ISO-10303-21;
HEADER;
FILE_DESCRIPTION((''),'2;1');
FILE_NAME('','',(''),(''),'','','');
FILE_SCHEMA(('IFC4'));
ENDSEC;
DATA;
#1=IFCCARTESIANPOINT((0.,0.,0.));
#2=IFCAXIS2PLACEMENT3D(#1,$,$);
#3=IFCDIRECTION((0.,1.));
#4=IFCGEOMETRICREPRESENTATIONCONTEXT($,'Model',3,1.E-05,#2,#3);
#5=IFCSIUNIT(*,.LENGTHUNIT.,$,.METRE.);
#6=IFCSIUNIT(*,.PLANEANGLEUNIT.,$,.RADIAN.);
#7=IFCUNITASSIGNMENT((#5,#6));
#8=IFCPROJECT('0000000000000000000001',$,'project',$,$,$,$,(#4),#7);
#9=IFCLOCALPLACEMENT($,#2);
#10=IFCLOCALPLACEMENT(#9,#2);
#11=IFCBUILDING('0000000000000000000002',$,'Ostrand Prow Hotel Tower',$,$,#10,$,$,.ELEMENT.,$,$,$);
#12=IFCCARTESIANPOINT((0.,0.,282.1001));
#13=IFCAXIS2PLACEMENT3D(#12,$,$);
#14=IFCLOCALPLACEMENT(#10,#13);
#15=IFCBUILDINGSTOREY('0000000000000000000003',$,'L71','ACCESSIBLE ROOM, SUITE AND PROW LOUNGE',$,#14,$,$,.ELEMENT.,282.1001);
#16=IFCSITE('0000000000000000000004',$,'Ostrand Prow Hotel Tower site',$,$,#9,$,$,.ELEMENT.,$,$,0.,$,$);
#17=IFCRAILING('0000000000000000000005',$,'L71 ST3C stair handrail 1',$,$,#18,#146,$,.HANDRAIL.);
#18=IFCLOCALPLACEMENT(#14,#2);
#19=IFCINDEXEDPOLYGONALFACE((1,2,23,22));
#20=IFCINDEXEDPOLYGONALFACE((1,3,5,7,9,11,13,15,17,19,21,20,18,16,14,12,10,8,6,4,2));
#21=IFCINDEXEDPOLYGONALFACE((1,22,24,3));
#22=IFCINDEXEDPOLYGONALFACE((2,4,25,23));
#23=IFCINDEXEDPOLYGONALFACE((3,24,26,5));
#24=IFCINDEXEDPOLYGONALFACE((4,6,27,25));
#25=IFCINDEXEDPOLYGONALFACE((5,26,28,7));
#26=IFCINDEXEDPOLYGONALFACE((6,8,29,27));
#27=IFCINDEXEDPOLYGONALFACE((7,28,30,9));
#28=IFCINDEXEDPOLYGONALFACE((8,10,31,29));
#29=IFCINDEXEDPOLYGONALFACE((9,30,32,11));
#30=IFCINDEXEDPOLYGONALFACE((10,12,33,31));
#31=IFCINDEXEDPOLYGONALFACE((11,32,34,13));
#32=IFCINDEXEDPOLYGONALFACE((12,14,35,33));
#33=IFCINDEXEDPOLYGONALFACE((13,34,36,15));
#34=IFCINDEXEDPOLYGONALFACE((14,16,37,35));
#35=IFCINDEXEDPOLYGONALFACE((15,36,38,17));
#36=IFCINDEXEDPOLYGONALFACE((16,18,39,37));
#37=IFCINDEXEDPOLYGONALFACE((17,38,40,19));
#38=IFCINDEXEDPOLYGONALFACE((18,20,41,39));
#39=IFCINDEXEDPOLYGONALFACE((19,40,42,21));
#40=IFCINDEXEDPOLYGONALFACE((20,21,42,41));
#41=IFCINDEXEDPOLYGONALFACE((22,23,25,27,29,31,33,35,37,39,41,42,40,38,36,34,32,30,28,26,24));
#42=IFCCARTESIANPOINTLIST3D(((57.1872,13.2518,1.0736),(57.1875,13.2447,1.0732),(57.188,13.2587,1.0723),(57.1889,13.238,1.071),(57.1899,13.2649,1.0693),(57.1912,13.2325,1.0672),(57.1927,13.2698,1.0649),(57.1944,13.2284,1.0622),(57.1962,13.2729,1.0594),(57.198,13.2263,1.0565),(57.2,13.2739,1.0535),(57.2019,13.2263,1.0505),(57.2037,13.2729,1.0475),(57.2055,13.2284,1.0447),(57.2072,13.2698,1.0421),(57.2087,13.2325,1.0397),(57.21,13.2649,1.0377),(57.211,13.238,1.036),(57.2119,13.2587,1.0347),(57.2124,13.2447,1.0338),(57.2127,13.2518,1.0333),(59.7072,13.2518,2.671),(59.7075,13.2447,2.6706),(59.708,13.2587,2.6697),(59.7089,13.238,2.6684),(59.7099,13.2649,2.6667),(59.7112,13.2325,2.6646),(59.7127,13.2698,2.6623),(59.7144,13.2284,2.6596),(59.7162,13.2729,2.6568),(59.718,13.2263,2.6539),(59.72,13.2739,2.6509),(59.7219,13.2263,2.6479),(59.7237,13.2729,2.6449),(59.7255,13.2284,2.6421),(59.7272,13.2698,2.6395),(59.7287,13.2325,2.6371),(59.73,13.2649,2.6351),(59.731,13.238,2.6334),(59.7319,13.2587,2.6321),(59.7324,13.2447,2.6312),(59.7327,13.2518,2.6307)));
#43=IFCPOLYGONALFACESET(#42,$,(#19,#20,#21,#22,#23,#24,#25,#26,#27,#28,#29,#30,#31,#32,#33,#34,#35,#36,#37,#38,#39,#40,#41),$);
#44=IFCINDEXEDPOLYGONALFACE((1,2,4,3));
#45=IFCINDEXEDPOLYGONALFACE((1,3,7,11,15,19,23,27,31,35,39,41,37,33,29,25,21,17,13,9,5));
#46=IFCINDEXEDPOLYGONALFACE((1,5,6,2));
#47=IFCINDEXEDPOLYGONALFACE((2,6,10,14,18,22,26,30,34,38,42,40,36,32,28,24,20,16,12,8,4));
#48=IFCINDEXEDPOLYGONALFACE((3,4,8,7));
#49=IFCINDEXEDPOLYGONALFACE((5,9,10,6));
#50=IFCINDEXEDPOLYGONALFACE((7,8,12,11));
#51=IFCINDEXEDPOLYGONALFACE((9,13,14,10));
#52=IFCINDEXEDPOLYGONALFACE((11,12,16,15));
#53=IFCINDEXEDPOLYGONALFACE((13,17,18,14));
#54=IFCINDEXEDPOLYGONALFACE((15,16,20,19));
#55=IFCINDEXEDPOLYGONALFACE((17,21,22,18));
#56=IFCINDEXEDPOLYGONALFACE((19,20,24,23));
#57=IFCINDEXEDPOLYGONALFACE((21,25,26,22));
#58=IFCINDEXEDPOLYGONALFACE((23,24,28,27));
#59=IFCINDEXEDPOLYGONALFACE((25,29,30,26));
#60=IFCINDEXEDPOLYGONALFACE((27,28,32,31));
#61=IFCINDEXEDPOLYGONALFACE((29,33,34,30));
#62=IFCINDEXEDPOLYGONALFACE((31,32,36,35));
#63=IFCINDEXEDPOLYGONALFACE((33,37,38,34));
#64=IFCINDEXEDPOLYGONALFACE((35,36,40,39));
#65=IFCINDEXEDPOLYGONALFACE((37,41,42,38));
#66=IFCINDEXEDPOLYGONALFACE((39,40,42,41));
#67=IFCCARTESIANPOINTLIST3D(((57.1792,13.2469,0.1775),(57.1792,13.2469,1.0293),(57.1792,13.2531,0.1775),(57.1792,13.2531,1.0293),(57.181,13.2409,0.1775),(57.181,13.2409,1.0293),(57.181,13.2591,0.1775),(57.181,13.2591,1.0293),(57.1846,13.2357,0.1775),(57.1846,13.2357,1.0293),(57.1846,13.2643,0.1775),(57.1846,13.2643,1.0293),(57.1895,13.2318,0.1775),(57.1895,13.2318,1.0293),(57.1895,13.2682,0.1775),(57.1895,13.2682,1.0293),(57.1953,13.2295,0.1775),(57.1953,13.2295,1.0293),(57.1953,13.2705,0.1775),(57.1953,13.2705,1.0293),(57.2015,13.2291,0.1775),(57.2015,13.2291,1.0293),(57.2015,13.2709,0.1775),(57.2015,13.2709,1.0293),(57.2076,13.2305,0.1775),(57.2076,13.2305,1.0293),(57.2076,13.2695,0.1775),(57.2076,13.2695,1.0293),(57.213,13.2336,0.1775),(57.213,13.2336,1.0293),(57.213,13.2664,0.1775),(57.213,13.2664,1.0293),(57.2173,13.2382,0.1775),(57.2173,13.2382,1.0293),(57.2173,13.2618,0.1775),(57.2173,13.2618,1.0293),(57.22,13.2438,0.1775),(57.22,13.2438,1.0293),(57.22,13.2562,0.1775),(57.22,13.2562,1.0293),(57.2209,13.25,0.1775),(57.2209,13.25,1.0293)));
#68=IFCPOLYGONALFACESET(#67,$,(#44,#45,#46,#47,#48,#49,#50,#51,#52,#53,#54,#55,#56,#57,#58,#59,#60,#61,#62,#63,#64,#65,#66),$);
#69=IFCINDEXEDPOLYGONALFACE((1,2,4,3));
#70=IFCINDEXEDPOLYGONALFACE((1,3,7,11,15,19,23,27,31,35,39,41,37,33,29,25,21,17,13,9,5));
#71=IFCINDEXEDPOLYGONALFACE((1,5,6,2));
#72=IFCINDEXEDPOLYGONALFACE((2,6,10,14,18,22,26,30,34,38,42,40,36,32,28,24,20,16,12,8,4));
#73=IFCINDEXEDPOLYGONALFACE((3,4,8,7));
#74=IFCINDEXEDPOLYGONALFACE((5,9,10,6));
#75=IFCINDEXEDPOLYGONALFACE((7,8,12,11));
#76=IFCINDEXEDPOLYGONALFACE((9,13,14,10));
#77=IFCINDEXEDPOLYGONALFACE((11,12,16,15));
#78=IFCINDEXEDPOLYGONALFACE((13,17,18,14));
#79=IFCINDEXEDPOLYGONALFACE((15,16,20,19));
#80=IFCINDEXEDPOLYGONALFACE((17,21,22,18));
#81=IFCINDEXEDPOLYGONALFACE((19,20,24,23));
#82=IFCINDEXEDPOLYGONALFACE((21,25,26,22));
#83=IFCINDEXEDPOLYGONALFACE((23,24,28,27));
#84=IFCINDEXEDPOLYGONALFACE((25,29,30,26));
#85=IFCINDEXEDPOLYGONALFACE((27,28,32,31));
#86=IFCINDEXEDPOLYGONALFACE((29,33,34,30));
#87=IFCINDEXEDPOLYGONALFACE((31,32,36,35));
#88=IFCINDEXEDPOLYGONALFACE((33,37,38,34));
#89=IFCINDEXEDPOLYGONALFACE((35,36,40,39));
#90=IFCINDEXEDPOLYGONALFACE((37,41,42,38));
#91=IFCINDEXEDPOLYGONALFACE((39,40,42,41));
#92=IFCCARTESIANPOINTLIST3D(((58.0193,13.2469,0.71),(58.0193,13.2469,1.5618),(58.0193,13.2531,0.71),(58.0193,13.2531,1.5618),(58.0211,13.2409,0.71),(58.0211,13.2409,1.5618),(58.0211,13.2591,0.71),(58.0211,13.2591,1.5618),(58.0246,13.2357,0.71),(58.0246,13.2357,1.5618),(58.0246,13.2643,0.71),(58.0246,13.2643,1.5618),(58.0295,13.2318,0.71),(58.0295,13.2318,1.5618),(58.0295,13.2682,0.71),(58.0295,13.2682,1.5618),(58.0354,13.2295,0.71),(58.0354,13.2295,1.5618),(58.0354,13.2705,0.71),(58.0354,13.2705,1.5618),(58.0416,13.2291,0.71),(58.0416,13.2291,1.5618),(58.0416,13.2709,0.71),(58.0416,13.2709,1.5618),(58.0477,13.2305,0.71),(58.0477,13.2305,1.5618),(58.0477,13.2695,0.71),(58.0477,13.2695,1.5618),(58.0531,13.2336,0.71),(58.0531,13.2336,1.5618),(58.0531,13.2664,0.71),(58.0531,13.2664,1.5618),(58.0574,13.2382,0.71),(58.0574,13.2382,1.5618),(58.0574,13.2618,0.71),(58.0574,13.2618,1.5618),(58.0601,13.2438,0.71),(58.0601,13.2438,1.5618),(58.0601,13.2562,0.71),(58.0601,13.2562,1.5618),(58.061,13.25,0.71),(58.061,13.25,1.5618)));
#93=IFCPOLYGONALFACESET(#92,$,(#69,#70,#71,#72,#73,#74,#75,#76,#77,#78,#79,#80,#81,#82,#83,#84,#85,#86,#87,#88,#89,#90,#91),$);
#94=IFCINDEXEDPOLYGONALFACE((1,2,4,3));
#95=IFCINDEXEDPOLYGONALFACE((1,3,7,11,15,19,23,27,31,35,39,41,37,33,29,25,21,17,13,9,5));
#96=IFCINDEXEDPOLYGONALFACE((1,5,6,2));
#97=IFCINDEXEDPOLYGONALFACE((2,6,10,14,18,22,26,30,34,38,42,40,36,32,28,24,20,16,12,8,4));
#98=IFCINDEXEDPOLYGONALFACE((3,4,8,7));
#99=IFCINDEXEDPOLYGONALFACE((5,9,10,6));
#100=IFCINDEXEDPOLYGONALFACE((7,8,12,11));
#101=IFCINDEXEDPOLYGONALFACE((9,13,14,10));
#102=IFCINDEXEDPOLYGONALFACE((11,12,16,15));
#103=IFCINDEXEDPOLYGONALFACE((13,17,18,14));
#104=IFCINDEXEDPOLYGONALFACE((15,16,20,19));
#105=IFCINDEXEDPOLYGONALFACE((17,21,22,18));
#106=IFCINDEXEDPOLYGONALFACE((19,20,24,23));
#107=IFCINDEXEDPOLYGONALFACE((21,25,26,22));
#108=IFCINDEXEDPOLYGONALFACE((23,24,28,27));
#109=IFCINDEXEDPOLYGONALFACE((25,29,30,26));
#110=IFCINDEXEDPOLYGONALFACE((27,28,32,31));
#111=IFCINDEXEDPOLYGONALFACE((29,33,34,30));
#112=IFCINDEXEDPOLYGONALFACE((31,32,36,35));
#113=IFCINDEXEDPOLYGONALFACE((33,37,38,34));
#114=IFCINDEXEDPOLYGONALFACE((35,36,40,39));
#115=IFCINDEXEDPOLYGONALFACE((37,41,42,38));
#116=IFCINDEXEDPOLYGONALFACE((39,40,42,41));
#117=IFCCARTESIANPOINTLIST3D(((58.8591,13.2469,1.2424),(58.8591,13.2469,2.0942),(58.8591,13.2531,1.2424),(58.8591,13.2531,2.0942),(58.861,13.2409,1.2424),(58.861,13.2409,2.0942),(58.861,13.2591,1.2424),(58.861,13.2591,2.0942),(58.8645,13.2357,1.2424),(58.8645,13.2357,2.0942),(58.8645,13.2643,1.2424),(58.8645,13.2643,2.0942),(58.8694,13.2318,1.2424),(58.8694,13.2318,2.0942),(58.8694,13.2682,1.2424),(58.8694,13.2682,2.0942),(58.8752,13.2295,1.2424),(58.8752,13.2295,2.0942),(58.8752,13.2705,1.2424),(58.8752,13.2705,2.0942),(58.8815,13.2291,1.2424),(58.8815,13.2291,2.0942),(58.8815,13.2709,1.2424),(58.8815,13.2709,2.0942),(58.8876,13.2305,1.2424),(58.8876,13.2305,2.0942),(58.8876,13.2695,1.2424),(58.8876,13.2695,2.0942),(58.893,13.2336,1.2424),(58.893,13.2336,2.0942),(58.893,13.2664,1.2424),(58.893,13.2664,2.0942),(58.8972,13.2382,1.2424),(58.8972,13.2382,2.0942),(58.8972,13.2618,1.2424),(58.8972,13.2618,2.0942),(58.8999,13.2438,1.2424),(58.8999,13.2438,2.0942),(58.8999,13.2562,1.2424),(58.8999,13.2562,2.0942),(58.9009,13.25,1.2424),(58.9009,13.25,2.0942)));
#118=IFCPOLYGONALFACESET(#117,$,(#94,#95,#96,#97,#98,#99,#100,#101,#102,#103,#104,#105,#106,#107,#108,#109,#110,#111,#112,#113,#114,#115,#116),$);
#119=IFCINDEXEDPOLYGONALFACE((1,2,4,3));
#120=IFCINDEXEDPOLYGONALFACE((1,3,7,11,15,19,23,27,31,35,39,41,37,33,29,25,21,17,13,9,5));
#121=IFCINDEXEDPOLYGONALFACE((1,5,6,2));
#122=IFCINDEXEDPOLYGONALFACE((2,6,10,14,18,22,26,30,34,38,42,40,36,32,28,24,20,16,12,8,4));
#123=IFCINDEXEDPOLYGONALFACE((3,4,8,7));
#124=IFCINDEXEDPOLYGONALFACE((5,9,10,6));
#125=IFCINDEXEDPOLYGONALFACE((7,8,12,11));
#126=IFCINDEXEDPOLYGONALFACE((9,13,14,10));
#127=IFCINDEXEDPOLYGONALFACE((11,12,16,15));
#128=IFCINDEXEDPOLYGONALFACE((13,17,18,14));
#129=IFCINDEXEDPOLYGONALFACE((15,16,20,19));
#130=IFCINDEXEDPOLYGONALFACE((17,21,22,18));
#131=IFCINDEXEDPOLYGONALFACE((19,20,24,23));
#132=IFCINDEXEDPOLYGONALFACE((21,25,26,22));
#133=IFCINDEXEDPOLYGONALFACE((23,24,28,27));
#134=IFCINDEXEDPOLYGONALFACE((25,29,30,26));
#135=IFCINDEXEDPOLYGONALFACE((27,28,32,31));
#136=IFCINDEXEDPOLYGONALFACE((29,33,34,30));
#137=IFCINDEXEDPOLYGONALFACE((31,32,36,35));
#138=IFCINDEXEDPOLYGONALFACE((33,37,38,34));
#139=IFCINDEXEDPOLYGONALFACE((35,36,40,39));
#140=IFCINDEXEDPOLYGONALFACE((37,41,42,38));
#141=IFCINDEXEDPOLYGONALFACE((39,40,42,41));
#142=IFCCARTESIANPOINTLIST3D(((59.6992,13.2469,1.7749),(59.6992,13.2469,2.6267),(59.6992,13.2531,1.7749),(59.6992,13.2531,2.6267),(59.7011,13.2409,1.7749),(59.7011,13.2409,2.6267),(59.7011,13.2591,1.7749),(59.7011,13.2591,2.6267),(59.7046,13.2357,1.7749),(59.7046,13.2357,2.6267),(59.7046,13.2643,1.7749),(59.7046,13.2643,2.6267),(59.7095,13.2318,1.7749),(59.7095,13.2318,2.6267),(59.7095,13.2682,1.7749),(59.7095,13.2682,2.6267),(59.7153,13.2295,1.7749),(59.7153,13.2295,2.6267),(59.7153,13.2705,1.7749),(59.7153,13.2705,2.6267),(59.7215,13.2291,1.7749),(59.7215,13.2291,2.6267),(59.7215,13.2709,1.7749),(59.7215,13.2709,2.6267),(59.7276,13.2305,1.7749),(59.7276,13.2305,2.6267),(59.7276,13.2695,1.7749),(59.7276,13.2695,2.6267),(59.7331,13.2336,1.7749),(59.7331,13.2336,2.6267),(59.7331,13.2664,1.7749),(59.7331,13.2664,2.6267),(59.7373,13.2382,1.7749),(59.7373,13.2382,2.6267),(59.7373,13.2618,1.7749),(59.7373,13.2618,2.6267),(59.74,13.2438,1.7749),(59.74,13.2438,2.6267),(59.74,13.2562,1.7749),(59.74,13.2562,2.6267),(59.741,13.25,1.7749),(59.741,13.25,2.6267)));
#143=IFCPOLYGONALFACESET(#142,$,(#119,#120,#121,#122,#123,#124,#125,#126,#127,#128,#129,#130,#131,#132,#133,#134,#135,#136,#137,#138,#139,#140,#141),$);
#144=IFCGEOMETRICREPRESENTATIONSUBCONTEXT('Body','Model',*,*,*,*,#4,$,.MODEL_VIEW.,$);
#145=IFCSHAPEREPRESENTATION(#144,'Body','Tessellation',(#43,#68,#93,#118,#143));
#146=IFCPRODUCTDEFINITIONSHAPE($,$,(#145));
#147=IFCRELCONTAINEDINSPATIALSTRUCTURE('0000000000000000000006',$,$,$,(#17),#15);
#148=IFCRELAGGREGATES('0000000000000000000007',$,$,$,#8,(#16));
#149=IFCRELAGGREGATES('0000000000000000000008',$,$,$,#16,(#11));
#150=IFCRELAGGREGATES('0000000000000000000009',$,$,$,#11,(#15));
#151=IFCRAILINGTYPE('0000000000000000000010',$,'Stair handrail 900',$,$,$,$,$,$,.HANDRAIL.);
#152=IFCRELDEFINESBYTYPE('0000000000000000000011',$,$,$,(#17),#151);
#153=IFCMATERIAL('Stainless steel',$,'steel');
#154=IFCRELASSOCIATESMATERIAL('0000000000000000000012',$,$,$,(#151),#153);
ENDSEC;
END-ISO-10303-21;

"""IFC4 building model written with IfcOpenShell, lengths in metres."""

from ifc_helpers import new_model, si_unit, direction, frame, origin, origin_2d, place, context, subcontext, project, spatial, circle, extrude, material, type_object, element, save


model = new_model("IFC4")

# Units and contexts
model_context = context("Model", 3, precision=1e-05, world=origin(), true_north=direction((0.0, 1.0)))
body_context = subcontext(model_context, "Body", "Model", "MODEL_VIEW")
ifc_project = project(units=[si_unit("LENGTHUNIT", "METRE"), si_unit("PLANEANGLEUNIT", "RADIAN")], contexts=[model_context])

# Site, building, storey
site_placement = place(None, origin())
site = spatial("IfcSite", under=ifc_project, at=site_placement, Name="Ostrand Prow Hotel Tower site", CompositionType="ELEMENT", RefElevation=0.0)
building_placement = place(site_placement, origin())
building = spatial("IfcBuilding", under=site, at=building_placement, Name="Ostrand Prow Hotel Tower", CompositionType="ELEMENT")
storey_placement = place(building_placement, frame((0.0, 0.0, 282.1001)))
storey = spatial("IfcBuildingStorey", under=building, at=storey_placement, Name="L71", Description="ACCESSIBLE ROOM, SUITE AND PROW LOUNGE", CompositionType="ELEMENT", Elevation=282.1001)

# Railing
ifc_material_1 = material(Name="Stainless steel", Category="steel")
railing_type_1 = type_object("IfcRailingType", Name="Stair handrail 900", PredefinedType="HANDRAIL", material=ifc_material_1)
railing_1_placement = place(storey_placement, frame((57.2, 13.25, 0.1775)))
element("IfcRailing", 1, at=railing_1_placement, inside=storey, type_object=railing_type_1, Name="L71 ST3C stair handrail 1", PredefinedType="HANDRAIL", context=body_context, shape_type="SweptSolid", body=[
    extrude(circle(Radius=0.0239, at=origin_2d()), frame((0.0, 0.0, 0.876), z_axis=(0.844607, 0.0, 0.535387), x_axis=(0.0, 1.0, 0.0)), (0.0, 0.0, 1.0), 2.9836),
    extrude(circle(Radius=0.021, at=origin_2d()), origin(), (0.0, 0.0, 1.0), 0.8518),
    extrude(circle(Radius=0.021, at=origin_2d()), frame((0.8401, 0.0, 0.5325)), (0.0, 0.0, 1.0), 0.8518),
    extrude(circle(Radius=0.021, at=origin_2d()), frame((1.6799, 0.0, 1.0649)), (0.0, 0.0, 1.0), 0.8518),
    extrude(circle(Radius=0.021, at=origin_2d()), frame((2.52, 0.0, 1.5974)), (0.0, 0.0, 1.0), 0.8518),
])

save(model, "model.ifc")
